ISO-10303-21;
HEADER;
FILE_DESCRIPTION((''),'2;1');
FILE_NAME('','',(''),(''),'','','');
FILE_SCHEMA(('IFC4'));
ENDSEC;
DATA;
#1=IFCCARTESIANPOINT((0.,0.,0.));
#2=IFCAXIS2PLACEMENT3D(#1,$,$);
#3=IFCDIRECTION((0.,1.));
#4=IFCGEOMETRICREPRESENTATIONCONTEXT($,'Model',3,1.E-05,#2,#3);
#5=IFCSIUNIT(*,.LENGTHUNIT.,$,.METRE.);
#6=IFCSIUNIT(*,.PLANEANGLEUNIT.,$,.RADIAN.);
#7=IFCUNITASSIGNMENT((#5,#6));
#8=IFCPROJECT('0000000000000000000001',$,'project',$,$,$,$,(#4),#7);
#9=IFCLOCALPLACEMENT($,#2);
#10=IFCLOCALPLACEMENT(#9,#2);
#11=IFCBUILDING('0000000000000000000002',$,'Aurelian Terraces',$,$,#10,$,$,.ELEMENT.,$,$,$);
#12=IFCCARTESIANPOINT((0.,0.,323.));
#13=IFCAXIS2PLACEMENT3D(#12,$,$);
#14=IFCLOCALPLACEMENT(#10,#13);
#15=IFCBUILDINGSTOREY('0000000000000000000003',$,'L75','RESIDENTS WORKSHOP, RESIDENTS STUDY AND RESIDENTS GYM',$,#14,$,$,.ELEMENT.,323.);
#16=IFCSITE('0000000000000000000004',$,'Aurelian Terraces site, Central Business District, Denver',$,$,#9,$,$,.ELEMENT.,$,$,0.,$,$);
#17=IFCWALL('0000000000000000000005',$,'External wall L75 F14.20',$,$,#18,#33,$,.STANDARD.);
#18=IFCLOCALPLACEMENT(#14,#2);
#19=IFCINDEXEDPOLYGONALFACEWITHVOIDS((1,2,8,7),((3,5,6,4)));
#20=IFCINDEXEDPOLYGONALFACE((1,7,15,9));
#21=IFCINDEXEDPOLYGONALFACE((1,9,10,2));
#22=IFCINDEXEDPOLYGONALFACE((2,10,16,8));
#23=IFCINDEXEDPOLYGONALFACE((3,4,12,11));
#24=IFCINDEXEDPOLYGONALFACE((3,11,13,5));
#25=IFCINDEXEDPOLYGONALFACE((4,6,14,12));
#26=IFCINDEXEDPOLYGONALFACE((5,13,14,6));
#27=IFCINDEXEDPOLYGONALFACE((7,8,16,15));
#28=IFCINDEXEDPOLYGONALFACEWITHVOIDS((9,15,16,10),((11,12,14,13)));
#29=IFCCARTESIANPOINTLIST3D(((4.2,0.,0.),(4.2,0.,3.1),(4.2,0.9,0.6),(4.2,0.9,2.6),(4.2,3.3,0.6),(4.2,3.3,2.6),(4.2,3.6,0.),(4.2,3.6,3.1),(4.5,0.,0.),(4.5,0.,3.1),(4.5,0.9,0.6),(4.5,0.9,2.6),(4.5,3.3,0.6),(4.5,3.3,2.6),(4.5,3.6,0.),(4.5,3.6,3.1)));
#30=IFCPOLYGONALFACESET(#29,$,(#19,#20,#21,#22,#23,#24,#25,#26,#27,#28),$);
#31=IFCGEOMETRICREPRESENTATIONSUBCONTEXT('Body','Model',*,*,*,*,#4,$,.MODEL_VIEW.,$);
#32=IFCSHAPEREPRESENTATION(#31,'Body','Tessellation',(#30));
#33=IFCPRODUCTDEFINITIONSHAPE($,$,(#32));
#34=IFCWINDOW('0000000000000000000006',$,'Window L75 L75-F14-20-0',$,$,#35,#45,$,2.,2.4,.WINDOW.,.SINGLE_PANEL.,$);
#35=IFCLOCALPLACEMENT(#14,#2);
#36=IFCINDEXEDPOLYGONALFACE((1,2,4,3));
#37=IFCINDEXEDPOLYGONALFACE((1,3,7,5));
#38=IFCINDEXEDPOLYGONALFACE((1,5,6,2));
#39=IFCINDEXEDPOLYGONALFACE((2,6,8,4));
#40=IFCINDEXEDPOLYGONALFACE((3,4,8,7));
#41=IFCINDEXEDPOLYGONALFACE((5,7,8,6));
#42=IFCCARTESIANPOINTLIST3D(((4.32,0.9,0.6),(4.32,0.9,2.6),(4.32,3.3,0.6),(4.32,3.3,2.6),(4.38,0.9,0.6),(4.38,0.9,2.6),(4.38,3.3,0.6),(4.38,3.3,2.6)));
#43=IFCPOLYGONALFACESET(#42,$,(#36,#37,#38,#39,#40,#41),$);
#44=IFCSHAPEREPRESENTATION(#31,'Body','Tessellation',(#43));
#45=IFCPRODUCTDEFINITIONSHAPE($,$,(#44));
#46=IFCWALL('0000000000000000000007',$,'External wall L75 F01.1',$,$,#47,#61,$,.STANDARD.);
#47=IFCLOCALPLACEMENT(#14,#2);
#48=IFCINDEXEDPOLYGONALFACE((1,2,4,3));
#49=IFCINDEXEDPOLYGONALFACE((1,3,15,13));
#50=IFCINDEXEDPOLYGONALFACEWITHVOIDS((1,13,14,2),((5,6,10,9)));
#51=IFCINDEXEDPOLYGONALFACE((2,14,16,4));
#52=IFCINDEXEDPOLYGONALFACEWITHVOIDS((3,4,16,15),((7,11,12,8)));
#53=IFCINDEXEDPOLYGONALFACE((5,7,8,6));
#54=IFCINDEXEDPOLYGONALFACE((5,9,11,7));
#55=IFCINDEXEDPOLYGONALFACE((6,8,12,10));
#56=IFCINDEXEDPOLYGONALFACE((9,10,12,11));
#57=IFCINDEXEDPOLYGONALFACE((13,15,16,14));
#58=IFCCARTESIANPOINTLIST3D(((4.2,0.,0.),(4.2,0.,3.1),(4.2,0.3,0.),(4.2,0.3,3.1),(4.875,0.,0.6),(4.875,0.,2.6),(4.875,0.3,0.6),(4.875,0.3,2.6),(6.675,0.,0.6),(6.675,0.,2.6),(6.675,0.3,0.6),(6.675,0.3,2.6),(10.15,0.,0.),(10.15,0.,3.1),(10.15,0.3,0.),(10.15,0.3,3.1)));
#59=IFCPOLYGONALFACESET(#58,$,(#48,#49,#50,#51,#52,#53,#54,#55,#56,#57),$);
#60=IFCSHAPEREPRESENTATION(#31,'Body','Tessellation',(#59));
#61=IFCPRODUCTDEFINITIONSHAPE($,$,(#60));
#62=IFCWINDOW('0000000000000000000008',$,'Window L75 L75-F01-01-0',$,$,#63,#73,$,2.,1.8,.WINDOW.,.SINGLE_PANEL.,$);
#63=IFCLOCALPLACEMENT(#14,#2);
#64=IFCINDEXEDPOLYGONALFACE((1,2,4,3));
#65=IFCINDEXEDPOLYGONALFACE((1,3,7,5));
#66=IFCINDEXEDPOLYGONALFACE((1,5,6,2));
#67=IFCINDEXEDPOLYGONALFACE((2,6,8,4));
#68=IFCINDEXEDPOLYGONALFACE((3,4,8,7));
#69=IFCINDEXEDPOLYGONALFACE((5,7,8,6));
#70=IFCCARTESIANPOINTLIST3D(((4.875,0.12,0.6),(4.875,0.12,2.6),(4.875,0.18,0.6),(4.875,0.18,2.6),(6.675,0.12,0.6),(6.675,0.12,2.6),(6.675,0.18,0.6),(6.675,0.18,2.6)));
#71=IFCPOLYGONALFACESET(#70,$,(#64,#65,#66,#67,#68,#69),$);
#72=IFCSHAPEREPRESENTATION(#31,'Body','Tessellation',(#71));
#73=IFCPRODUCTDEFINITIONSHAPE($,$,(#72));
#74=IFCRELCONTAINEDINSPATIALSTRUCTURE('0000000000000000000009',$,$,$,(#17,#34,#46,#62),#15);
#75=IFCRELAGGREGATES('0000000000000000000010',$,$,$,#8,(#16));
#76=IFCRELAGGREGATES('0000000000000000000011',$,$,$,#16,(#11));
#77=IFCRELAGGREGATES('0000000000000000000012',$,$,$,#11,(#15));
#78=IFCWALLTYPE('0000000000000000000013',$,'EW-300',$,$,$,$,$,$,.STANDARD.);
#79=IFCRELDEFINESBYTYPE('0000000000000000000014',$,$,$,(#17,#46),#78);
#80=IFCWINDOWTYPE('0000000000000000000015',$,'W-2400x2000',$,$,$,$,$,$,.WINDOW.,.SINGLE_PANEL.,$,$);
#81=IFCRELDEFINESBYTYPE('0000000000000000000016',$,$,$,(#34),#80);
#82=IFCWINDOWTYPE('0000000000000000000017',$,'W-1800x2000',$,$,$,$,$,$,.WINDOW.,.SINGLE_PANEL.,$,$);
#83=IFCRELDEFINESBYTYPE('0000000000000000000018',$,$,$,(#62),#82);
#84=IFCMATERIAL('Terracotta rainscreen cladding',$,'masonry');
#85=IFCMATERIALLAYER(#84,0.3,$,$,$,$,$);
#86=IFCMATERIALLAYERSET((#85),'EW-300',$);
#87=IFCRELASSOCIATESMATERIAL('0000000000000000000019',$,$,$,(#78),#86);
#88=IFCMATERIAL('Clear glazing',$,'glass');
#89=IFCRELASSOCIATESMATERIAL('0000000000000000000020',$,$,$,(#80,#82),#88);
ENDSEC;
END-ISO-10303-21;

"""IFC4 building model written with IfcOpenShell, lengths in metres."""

from ifc_helpers import new_model, si_unit, direction, frame, frame_2d, origin, place, context, subcontext, project, spatial, rectangle, extrude, source, transform, mapped, material, layer, layer_set, type_object, element, fill, save


model = new_model("IFC4")

# Units and contexts
model_context = context("Model", 3, precision=1e-05, world=origin(), true_north=direction((0.0, 1.0)))
body_context = subcontext(model_context, "Body", "Model", "MODEL_VIEW")
ifc_project = project(units=[si_unit("LENGTHUNIT", "METRE"), si_unit("PLANEANGLEUNIT", "RADIAN")], contexts=[model_context])

# Site, building, storey
site_placement = place(None, origin())
site = spatial("IfcSite", under=ifc_project, at=site_placement, Name="Aurelian Terraces site, Central Business District, Denver", CompositionType="ELEMENT", RefElevation=0.0)
building_placement = place(site_placement, origin())
building = spatial("IfcBuilding", under=site, at=building_placement, Name="Aurelian Terraces", CompositionType="ELEMENT")
storey_placement = place(building_placement, frame((0.0, 0.0, 323.0)))
storey = spatial("IfcBuildingStorey", under=building, at=storey_placement, Name="L75", Description="RESIDENTS WORKSHOP, RESIDENTS STUDY AND RESIDENTS GYM", CompositionType="ELEMENT", Elevation=323.0)

# Walls, openings, windows
ifc_material_1 = material(Name="Terracotta rainscreen cladding", Category="masonry")
ifc_layer_1 = layer(ifc_material_1, 0.3)
ifc_layer_set_1 = layer_set([ifc_layer_1], Name="EW-300")
wall_type = type_object("IfcWallType", Name="EW-300", PredefinedType="STANDARD", material=ifc_layer_set_1)
shared_shape_1 = source(origin(), body_context, "Body", "SweptSolid", [
    extrude(rectangle(XDim=3.6, YDim=0.3, at=frame_2d((1.8, 0.0))), origin(), (0.0, 0.0, 1.0), 3.1),
])
wall_1_placement = place(storey_placement, frame((4.35, 3.6, 0.0), z_axis=(0.0, 0.0, 1.0), x_axis=(0.0, -1.0, 0.0)))
wall_1 = element("IfcWall", 1, at=wall_1_placement, inside=storey, type_object=wall_type, Name="External wall L75 F14.20", PredefinedType="STANDARD", context=body_context, shape_type="MappedRepresentation", body=[
    mapped(shared_shape_1, transform((0.0, 0.0, 0.0), scale=1.0)),
])
shared_shape_2 = source(origin(), body_context, "Body", "SweptSolid", [
    extrude(rectangle(XDim=2.4, YDim=2.0, at=frame_2d((1.2, 1.0))), frame((0.0, 0.16, 0.0), z_axis=(0.0, -1.0, 0.0), x_axis=(1.0, 0.0, 0.0)), (0.0, 0.0, 1.0), 0.32),
])
opening_1_placement = place(wall_1_placement, frame((0.3, 0.0, 0.6)))
opening_1 = element("IfcOpeningElement", 2, at=opening_1_placement, cuts=wall_1, PredefinedType="OPENING", context=body_context, shape_type="MappedRepresentation", body=[
    mapped(shared_shape_2, transform((0.0, 0.0, 0.0), scale=1.0)),
])
ifc_material_2 = material(Name="Clear glazing", Category="glass")
window_type_1 = type_object("IfcWindowType", Name="W-2400x2000", PartitioningType="SINGLE_PANEL", PredefinedType="WINDOW", material=ifc_material_2)
shared_shape_3 = source(origin(), body_context, "Body", "SweptSolid", [
    extrude(rectangle(XDim=2.4, YDim=2.0, at=frame_2d((1.2, 1.0))), frame((0.0, 0.03, 0.0), z_axis=(0.0, -1.0, 0.0), x_axis=(1.0, 0.0, 0.0)), (0.0, 0.0, 1.0), 0.06),
])
window_1_placement = place(opening_1_placement, origin())
window_1 = element("IfcWindow", 3, at=window_1_placement, inside=storey, type_object=window_type_1, Name="Window L75 L75-F14-20-0", OverallHeight=2.0, OverallWidth=2.4, PartitioningType="SINGLE_PANEL", PredefinedType="WINDOW", context=body_context, shape_type="MappedRepresentation", body=[
    mapped(shared_shape_3, transform((0.0, 0.0, 0.0), scale=1.0)),
])
fill(opening_1, window_1)
shared_shape_4 = source(origin(), body_context, "Body", "SweptSolid", [
    extrude(rectangle(XDim=5.95, YDim=0.3, at=frame_2d((2.975, 0.0))), origin(), (0.0, 0.0, 1.0), 3.1),
])
wall_2_placement = place(storey_placement, frame((4.2, 0.15, 0.0), z_axis=(0.0, 0.0, 1.0), x_axis=(1.0, 0.0, 0.0)))
wall_2 = element("IfcWall", 4, at=wall_2_placement, inside=storey, type_object=wall_type, Name="External wall L75 F01.1", PredefinedType="STANDARD", context=body_context, shape_type="MappedRepresentation", body=[
    mapped(shared_shape_4, transform((0.0, 0.0, 0.0), scale=1.0)),
])
shared_shape_5 = source(origin(), body_context, "Body", "SweptSolid", [
    extrude(rectangle(XDim=1.8, YDim=2.0, at=frame_2d((0.9, 1.0))), frame((0.0, 0.16, 0.0), z_axis=(0.0, -1.0, 0.0), x_axis=(1.0, 0.0, 0.0)), (0.0, 0.0, 1.0), 0.32),
])
opening_2_placement = place(wall_2_placement, frame((0.675, 0.0, 0.6)))
opening_2 = element("IfcOpeningElement", 5, at=opening_2_placement, cuts=wall_2, PredefinedType="OPENING", context=body_context, shape_type="MappedRepresentation", body=[
    mapped(shared_shape_5, transform((0.0, 0.0, 0.0), scale=1.0)),
])
window_type_2 = type_object("IfcWindowType", Name="W-1800x2000", PartitioningType="SINGLE_PANEL", PredefinedType="WINDOW", material=ifc_material_2)
shared_shape_6 = source(origin(), body_context, "Body", "SweptSolid", [
    extrude(rectangle(XDim=1.8, YDim=2.0, at=frame_2d((0.9, 1.0))), frame((0.0, 0.03, 0.0), z_axis=(0.0, -1.0, 0.0), x_axis=(1.0, 0.0, 0.0)), (0.0, 0.0, 1.0), 0.06),
])
window_2_placement = place(opening_2_placement, origin())
window_2 = element("IfcWindow", 6, at=window_2_placement, inside=storey, type_object=window_type_2, Name="Window L75 L75-F01-01-0", OverallHeight=2.0, OverallWidth=1.8, PartitioningType="SINGLE_PANEL", PredefinedType="WINDOW", context=body_context, shape_type="MappedRepresentation", body=[
    mapped(shared_shape_6, transform((0.0, 0.0, 0.0), scale=1.0)),
])
fill(opening_2, window_2)

save(model, "model.ifc")
